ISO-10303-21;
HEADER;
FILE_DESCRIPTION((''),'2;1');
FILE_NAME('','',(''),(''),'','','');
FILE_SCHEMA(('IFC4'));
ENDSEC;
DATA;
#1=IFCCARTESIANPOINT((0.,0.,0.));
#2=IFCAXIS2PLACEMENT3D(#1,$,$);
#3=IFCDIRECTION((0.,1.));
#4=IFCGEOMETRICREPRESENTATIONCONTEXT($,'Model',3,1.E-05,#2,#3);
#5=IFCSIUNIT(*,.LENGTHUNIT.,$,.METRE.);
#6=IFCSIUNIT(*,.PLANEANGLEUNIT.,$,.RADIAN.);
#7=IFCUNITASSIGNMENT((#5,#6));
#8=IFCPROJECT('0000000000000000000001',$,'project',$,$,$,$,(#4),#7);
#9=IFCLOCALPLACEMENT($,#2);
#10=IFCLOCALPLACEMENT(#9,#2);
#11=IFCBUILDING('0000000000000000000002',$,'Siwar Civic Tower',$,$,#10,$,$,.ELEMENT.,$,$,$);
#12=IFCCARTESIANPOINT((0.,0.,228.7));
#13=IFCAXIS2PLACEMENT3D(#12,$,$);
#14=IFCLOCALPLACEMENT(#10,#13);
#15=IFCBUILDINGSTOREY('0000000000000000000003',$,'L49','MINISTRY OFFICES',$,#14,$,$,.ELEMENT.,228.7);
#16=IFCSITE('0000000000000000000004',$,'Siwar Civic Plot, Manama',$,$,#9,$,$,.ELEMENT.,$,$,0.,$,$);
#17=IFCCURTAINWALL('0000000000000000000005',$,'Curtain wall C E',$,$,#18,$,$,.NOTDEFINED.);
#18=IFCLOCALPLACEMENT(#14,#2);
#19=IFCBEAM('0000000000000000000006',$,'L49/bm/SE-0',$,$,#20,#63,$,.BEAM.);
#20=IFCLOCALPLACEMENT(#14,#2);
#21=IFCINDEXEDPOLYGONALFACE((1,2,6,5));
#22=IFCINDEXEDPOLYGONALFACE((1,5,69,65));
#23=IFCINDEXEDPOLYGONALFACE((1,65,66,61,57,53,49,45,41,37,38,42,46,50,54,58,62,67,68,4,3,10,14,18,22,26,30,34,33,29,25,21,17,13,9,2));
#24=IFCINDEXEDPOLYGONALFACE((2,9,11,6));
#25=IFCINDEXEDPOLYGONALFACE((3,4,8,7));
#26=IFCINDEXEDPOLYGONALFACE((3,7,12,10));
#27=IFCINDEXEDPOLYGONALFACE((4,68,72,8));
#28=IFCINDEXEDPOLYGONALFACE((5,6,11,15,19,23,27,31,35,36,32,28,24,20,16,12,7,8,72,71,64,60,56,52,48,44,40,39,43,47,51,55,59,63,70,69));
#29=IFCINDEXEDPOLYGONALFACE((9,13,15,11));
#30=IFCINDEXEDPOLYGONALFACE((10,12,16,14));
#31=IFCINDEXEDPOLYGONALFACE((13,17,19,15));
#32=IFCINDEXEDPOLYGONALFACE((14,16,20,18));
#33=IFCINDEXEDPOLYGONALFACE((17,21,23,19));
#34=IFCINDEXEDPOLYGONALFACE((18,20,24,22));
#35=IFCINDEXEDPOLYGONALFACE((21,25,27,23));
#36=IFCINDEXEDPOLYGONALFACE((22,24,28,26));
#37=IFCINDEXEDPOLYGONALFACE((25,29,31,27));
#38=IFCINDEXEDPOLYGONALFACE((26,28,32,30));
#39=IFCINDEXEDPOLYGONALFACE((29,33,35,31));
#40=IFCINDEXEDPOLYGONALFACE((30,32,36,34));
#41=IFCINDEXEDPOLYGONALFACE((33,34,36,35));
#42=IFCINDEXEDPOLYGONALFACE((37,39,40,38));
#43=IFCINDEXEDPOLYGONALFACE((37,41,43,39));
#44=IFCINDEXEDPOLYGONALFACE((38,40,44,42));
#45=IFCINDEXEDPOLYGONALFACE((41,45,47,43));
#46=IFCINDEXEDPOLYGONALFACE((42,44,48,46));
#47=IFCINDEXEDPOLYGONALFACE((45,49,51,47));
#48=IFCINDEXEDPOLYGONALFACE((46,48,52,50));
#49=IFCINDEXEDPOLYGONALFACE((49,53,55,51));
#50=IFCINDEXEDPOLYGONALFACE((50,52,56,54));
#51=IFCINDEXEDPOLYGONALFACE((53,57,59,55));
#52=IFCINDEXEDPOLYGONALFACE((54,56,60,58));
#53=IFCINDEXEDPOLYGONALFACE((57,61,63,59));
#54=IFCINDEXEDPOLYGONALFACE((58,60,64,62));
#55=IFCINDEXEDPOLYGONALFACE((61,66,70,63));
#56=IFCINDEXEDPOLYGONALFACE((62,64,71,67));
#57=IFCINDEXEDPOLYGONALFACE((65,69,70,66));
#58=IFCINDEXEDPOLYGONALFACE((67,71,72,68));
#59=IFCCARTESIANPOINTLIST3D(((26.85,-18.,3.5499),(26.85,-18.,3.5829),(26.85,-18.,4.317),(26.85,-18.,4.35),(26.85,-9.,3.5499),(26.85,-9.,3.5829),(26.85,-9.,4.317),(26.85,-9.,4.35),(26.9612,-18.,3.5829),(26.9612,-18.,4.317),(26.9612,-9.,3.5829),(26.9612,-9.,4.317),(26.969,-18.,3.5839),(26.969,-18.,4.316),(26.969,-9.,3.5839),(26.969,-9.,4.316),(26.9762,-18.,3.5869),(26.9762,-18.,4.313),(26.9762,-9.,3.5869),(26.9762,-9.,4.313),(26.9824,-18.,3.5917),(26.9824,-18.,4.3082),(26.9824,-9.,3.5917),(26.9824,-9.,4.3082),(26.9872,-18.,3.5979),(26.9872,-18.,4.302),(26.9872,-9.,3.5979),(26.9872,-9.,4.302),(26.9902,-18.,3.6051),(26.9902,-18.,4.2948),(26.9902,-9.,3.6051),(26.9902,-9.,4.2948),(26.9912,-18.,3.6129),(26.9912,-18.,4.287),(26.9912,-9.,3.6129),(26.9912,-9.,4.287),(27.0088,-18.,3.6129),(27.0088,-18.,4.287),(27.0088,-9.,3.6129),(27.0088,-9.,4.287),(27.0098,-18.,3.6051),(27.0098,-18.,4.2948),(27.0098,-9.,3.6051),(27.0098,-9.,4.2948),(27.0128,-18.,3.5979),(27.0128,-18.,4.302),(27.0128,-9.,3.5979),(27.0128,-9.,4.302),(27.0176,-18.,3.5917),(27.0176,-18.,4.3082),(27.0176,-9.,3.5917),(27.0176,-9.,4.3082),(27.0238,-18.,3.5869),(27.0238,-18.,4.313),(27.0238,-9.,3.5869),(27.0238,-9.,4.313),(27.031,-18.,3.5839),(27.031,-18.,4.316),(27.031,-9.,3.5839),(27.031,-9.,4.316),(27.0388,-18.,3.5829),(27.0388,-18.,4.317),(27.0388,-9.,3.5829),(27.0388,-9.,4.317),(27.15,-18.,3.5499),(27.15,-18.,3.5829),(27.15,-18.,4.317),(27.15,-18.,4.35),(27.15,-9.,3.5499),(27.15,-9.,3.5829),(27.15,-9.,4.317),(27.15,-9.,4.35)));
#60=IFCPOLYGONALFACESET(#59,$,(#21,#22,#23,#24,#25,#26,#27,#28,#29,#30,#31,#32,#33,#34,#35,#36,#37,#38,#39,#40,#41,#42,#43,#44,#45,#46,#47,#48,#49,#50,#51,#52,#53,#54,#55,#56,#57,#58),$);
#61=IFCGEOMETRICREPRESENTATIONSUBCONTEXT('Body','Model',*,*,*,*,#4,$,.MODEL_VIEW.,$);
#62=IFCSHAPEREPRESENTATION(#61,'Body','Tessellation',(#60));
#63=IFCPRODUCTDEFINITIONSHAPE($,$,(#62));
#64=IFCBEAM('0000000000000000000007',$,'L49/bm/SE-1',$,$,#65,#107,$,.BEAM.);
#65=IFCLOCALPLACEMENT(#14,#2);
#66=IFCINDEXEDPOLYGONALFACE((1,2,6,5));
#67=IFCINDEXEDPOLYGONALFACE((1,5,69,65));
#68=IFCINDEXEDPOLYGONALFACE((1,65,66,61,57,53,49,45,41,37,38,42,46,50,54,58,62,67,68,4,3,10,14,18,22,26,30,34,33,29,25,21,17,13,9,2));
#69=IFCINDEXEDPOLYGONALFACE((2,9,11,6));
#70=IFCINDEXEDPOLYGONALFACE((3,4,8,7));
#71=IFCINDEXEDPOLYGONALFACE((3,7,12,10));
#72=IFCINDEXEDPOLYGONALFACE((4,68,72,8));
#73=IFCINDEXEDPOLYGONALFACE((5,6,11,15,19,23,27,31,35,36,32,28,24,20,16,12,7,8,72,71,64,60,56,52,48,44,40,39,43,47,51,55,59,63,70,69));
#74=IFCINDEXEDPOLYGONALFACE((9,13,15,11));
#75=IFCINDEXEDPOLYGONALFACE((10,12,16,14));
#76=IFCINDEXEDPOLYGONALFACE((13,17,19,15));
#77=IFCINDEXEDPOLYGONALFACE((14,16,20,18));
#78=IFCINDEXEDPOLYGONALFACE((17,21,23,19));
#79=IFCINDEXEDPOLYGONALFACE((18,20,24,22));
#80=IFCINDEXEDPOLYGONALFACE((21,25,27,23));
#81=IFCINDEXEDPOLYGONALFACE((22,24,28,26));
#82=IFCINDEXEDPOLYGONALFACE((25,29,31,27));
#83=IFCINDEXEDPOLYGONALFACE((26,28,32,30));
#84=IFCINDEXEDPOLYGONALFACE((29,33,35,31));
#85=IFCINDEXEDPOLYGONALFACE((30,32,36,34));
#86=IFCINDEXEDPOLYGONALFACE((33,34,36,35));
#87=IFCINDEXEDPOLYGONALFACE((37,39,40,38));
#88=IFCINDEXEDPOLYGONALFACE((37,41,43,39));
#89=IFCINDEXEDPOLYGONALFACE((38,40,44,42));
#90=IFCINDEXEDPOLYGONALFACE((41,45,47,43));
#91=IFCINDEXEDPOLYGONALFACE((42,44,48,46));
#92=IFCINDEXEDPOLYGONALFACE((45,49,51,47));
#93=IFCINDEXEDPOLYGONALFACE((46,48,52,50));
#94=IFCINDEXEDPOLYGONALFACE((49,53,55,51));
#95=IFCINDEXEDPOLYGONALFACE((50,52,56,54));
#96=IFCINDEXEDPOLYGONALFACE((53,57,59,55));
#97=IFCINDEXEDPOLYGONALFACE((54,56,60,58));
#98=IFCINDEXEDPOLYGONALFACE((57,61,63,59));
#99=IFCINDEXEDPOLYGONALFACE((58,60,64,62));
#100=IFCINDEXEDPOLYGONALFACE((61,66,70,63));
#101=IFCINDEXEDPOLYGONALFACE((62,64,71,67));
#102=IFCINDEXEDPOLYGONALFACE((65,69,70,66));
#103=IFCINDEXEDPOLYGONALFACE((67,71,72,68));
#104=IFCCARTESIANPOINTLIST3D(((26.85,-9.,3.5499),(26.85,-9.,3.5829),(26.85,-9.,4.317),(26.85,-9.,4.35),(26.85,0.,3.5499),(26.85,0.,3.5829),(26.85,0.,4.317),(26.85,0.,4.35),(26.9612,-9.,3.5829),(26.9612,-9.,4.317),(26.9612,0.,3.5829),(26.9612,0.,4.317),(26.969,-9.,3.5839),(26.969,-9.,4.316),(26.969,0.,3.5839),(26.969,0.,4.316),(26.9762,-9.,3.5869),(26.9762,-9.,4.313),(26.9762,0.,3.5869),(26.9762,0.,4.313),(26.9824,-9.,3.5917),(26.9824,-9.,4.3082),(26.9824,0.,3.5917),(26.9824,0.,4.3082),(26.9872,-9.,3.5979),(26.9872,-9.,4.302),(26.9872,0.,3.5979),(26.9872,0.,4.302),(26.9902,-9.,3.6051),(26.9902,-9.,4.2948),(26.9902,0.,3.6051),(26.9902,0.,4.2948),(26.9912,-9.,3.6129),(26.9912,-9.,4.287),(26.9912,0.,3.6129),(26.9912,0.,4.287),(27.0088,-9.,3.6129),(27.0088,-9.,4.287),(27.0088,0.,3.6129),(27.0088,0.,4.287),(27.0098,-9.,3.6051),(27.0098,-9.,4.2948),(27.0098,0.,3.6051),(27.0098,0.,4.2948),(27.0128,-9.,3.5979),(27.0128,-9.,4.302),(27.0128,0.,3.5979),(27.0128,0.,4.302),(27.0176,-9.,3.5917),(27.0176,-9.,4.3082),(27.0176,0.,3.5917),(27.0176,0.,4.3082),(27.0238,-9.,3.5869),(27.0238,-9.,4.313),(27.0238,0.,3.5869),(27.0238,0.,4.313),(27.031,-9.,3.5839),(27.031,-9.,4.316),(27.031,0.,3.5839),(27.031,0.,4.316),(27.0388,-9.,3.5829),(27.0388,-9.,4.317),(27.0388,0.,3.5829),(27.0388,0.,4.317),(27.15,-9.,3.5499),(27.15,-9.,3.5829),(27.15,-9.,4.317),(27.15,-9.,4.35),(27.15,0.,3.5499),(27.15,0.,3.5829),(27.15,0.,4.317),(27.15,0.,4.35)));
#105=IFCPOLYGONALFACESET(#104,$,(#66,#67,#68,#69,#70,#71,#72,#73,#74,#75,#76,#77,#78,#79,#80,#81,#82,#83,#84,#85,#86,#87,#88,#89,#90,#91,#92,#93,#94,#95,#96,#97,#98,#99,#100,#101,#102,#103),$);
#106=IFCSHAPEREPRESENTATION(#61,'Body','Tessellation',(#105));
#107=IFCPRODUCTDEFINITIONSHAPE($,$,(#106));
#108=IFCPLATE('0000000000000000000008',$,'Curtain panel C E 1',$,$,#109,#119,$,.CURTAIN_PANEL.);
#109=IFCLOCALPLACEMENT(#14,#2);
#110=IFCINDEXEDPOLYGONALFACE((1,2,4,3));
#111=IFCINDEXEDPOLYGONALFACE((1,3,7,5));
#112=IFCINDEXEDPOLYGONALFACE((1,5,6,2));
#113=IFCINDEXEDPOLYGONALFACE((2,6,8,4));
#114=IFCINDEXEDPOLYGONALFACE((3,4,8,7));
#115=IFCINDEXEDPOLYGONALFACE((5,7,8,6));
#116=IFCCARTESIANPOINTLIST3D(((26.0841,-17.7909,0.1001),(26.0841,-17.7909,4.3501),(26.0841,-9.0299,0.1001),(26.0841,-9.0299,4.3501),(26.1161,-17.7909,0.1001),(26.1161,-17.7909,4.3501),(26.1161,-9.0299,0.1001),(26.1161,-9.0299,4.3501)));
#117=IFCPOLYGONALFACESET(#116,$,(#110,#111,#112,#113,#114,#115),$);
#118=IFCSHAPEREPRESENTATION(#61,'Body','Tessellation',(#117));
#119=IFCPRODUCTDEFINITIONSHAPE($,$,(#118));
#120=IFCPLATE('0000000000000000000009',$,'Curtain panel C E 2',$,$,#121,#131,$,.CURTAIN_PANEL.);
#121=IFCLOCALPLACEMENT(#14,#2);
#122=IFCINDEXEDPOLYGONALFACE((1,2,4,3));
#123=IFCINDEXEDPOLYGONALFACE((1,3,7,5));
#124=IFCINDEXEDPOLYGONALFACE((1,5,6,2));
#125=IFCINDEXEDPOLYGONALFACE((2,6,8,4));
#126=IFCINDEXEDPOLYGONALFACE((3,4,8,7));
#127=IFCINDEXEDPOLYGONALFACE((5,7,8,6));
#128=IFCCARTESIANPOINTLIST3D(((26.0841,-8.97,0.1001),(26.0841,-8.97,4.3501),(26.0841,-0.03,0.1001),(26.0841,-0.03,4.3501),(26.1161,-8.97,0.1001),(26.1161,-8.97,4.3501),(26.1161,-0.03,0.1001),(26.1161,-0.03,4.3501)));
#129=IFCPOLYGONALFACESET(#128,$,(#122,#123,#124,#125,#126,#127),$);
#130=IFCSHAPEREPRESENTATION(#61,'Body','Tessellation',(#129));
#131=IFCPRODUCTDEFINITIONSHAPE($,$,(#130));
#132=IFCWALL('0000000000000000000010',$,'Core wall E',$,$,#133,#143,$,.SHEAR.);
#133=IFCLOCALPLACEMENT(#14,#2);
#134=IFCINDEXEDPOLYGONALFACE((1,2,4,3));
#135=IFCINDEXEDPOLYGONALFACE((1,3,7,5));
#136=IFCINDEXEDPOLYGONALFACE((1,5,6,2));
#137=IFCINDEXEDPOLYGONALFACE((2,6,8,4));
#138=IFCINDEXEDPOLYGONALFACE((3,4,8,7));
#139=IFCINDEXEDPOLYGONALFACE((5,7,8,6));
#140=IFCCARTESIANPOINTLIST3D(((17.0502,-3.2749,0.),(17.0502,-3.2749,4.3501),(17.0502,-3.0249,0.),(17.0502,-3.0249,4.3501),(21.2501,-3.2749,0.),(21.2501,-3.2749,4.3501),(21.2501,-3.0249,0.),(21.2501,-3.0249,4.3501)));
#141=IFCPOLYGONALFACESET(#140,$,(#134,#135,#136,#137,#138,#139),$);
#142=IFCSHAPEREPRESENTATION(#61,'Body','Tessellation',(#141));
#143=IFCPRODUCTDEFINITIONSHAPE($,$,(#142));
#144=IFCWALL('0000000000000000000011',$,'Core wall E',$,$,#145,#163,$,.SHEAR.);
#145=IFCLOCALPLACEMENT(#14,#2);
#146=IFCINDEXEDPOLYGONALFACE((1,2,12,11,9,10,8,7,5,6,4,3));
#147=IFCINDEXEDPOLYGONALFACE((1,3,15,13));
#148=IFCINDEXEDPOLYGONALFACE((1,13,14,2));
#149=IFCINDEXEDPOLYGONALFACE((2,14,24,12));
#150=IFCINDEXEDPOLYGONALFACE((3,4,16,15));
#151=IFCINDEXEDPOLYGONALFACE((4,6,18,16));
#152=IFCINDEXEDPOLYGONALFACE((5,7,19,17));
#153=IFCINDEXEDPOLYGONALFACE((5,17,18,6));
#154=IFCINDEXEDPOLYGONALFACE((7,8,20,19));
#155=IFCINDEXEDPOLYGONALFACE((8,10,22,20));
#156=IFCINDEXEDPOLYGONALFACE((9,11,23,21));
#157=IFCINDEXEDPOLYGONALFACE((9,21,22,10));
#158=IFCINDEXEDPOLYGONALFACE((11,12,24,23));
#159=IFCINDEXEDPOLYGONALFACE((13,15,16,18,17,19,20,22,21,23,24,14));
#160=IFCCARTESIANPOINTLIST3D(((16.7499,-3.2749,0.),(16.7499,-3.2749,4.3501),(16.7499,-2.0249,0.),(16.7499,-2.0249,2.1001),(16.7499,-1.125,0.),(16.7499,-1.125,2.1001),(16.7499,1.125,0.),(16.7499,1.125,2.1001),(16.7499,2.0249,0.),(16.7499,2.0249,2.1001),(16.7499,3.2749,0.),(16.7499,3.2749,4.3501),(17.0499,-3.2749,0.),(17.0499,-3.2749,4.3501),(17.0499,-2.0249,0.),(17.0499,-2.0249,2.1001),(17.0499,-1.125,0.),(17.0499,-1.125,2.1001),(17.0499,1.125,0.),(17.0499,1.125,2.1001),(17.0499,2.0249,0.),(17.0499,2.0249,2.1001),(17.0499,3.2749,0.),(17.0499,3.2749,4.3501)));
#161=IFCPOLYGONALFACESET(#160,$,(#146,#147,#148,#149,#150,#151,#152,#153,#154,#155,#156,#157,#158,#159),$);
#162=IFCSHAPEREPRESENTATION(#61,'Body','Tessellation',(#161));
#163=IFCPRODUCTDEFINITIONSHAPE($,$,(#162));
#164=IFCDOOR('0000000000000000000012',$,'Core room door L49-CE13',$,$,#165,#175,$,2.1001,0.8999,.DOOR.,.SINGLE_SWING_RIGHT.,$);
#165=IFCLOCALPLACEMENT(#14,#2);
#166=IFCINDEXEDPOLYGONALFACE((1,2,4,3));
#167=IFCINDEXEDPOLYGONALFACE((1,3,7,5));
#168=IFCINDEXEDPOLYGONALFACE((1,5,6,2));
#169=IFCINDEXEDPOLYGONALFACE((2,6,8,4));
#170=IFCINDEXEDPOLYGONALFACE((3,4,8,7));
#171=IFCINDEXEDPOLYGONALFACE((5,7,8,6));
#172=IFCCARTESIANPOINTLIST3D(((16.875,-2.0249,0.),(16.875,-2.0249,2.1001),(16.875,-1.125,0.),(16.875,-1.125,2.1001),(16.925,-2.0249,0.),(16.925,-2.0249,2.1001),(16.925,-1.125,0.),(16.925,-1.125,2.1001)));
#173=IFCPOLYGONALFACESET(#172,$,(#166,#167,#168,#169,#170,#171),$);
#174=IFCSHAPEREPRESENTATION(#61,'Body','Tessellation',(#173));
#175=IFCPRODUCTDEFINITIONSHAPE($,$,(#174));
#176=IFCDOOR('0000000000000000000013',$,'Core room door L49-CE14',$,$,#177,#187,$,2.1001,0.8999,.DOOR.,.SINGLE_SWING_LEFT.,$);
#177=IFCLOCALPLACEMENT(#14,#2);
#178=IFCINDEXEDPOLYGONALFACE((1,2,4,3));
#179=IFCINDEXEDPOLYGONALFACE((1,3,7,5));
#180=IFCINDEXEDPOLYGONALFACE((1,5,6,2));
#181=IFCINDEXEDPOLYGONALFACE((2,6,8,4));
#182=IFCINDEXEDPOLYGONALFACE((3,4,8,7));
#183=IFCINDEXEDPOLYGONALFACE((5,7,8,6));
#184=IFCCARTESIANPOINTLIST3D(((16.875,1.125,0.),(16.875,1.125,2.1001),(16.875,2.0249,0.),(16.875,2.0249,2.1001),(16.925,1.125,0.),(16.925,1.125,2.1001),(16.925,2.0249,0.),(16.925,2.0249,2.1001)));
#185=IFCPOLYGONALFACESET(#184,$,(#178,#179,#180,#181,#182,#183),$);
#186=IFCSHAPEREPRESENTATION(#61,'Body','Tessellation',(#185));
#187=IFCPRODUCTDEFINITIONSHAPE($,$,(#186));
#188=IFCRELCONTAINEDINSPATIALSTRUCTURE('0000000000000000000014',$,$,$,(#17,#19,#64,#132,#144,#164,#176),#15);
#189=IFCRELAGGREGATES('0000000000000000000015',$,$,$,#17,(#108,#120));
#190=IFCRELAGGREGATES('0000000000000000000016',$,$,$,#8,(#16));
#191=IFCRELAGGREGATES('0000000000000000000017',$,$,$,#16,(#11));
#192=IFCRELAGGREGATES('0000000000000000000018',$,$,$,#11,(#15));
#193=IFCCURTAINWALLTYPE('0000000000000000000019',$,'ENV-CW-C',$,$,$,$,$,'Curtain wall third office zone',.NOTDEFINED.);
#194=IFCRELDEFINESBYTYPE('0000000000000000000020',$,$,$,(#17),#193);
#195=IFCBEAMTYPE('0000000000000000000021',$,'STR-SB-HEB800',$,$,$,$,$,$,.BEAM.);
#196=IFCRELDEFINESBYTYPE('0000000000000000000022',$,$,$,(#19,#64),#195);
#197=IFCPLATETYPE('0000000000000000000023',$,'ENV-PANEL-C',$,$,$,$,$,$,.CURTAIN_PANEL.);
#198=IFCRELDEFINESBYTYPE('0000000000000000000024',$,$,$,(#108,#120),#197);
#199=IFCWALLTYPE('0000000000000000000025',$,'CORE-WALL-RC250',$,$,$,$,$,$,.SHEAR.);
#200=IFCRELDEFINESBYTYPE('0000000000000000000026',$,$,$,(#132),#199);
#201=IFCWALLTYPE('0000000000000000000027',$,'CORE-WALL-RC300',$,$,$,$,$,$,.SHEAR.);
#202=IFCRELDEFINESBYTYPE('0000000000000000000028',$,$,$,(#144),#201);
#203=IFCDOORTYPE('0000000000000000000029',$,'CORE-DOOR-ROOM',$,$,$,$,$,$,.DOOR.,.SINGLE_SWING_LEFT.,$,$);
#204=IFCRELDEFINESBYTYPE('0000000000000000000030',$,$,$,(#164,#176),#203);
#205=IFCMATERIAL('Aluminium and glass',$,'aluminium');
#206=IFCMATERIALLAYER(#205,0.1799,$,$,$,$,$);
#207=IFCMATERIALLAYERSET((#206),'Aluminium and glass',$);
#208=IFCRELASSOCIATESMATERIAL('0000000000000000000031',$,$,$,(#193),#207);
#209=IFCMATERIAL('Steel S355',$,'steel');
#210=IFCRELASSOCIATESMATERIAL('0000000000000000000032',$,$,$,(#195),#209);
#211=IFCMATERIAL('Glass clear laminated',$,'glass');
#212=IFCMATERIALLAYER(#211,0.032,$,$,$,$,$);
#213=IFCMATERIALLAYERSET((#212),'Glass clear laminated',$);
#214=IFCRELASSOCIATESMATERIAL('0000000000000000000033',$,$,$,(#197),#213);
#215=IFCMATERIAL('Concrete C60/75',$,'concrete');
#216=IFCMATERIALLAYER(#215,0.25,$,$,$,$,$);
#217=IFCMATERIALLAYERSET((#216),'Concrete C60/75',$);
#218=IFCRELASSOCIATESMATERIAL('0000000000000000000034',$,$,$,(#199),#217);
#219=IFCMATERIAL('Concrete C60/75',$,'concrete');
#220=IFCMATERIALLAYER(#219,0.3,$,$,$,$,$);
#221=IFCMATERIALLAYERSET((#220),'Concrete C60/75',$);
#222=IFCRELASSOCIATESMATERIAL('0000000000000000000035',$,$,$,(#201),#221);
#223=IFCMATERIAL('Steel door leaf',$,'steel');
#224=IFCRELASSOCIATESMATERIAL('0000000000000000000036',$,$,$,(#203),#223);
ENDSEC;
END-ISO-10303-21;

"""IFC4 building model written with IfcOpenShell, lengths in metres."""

from ifc_helpers import new_model, si_unit, direction, frame, frame_2d, origin, origin_2d, place, context, subcontext, project, spatial, rectangle, i_section, extrude, material, layer, layer_set, material_profile, profile_set, type_object, element, fill, aggregate, save


model = new_model("IFC4")

# Units and contexts
model_context = context("Model", 3, precision=1e-05, world=origin(), true_north=direction((0.0, 1.0)))
body_context = subcontext(model_context, "Body", "Model", "MODEL_VIEW")
ifc_project = project(units=[si_unit("LENGTHUNIT", "METRE"), si_unit("PLANEANGLEUNIT", "RADIAN")], contexts=[model_context])

# Site, building, storey
site_placement = place(None, origin())
site = spatial("IfcSite", under=ifc_project, at=site_placement, Name="Siwar Civic Plot, Manama", CompositionType="ELEMENT", RefElevation=0.0)
building_placement = place(site_placement, origin())
building = spatial("IfcBuilding", under=site, at=building_placement, Name="Siwar Civic Tower", CompositionType="ELEMENT")
storey_placement = place(building_placement, frame((0.0, 0.0, 228.7)))
storey = spatial("IfcBuildingStorey", under=building, at=storey_placement, Name="L49", Description="MINISTRY OFFICES", CompositionType="ELEMENT", Elevation=228.7)

# Curtain wall
ifc_material_1 = material(Name="Aluminium and glass", Category="aluminium")
ifc_layer_1 = layer(ifc_material_1, 0.1799)
ifc_layer_set_1 = layer_set([ifc_layer_1], Name="Aluminium and glass")
curtain_wall_type = type_object("IfcCurtainWallType", Name="ENV-CW-C", ElementType="Curtain wall third office zone", PredefinedType="NOTDEFINED", material=ifc_layer_set_1)
curtain_wall_placement = place(storey_placement, origin())
curtain_wall = element("IfcCurtainWall", 1, at=curtain_wall_placement, inside=storey, type_object=curtain_wall_type, Name="Curtain wall C E", PredefinedType="NOTDEFINED")

# Beams
ifc_material_2 = material(Name="Steel S355", Category="steel")
ifc_material_profile_1 = material_profile(ifc_material_2, i_section(OverallWidth=0.3, OverallDepth=0.8, WebThickness=0.0176, FlangeThickness=0.033, FilletRadius=0.03, at=origin_2d()), Name="HEB800")
ifc_profile_set_1 = profile_set([ifc_material_profile_1], Name="Steel S355")
beam_type_1 = type_object("IfcBeamType", Name="STR-SB-HEB800", PredefinedType="BEAM", material=ifc_profile_set_1)
for number, where, z_axis, x_axis, name in (
    (2, (27.0, -18.0, 3.95), (0.0, 1.0, 0.0), (-1.0, 0.0, 0.0), "L49/bm/SE-0"),
    (3, (27.0, -9.0, 3.95), (0.0, 1.0, 0.0), (-1.0, 0.0, 0.0), "L49/bm/SE-1"),
):
    element("IfcBeam", number, at=place(storey_placement, frame(where, z_axis=z_axis, x_axis=x_axis)), inside=storey, type_object=beam_type_1, Name=name, PredefinedType="BEAM", context=body_context, shape_type="SweptSolid", body=[
        extrude(i_section(OverallWidth=0.3, OverallDepth=0.8, WebThickness=0.0176, FlangeThickness=0.033, FilletRadius=0.03, at=origin_2d()), origin(), (0.0, 0.0, 1.0), 9.0),
    ])

# Plates
ifc_material_3 = material(Name="Glass clear laminated", Category="glass")
ifc_layer_2 = layer(ifc_material_3, 0.032)
ifc_layer_set_2 = layer_set([ifc_layer_2], Name="Glass clear laminated")
plate_type = type_object("IfcPlateType", Name="ENV-PANEL-C", PredefinedType="CURTAIN_PANEL", material=ifc_layer_set_2)
plate_1_placement = place(storey_placement, frame((26.1001, -13.4104, 0.1001), z_axis=(0.0, 0.0, 1.0), x_axis=(0.0, 1.0, 0.0)))
plate_1 = element("IfcPlate", 4, at=plate_1_placement, type_object=plate_type, Name="Curtain panel C E 1", PredefinedType="CURTAIN_PANEL", context=body_context, shape_type="SweptSolid", body=[
    extrude(rectangle(XDim=8.761, YDim=0.032, at=origin_2d()), origin(), (0.0, 0.0, 1.0), 4.25),
])
plate_2_placement = place(storey_placement, frame((26.1001, -4.5, 0.1001), z_axis=(0.0, 0.0, 1.0), x_axis=(0.0, 1.0, 0.0)))
plate_2 = element("IfcPlate", 5, at=plate_2_placement, type_object=plate_type, Name="Curtain panel C E 2", PredefinedType="CURTAIN_PANEL", context=body_context, shape_type="SweptSolid", body=[
    extrude(rectangle(XDim=8.9399, YDim=0.032, at=origin_2d()), origin(), (0.0, 0.0, 1.0), 4.25),
])
aggregate(curtain_wall, [plate_1, plate_2])

# Wall
ifc_material_4 = material(Name="Concrete C60/75", Category="concrete")
ifc_layer_3 = layer(ifc_material_4, 0.25)
ifc_layer_set_3 = layer_set([ifc_layer_3], Name="Concrete C60/75")
wall_type_1 = type_object("IfcWallType", Name="CORE-WALL-RC250", PredefinedType="SHEAR", material=ifc_layer_set_3)
wall_1_placement = place(storey_placement, frame((17.05, -3.1499, 0.0), z_axis=(0.0, 0.0, 1.0), x_axis=(1.0, 0.0, 0.0)))
element("IfcWall", 6, at=wall_1_placement, inside=storey, type_object=wall_type_1, Name="Core wall E", PredefinedType="SHEAR", context=body_context, shape_type="SweptSolid", body=[
    extrude(rectangle(XDim=4.2, YDim=0.25, at=frame_2d((2.1001, 0.0))), origin(), (0.0, 0.0, 1.0), 4.3501),
])

# Wall, openings, doors
ifc_material_5 = material(Name="Concrete C60/75", Category="concrete")
ifc_layer_4 = layer(ifc_material_5, 0.3)
ifc_layer_set_4 = layer_set([ifc_layer_4], Name="Concrete C60/75")
wall_type_2 = type_object("IfcWallType", Name="CORE-WALL-RC300", PredefinedType="SHEAR", material=ifc_layer_set_4)
wall_2_placement = place(storey_placement, frame((16.8999, -3.2749, 0.0), z_axis=(0.0, 0.0, 1.0), x_axis=(0.0, 1.0, 0.0)))
wall_2 = element("IfcWall", 7, at=wall_2_placement, inside=storey, type_object=wall_type_2, Name="Core wall E", PredefinedType="SHEAR", context=body_context, shape_type="SweptSolid", body=[
    extrude(rectangle(XDim=6.5498, YDim=0.3, at=frame_2d((3.2749, 0.0))), origin(), (0.0, 0.0, 1.0), 4.3501),
])
opening_1_placement = place(wall_2_placement, frame((1.25, 0.0, 0.0)))
opening_1 = element("IfcOpeningElement", 8, at=opening_1_placement, cuts=wall_2, PredefinedType="OPENING", context=body_context, shape_type="SweptSolid", body=[
    extrude(rectangle(XDim=0.8999, YDim=2.1001, at=frame_2d((0.45, 1.05))), frame((0.0, 0.1602, 0.0), z_axis=(0.0, -1.0, 0.0), x_axis=(1.0, 0.0, 0.0)), (0.0, 0.0, 1.0), 0.3201),
])
opening_2_placement = place(wall_2_placement, frame((4.3999, 0.0, 0.0)))
opening_2 = element("IfcOpeningElement", 9, at=opening_2_placement, cuts=wall_2, PredefinedType="OPENING", context=body_context, shape_type="SweptSolid", body=[
    extrude(rectangle(XDim=0.8999, YDim=2.1001, at=frame_2d((0.45, 1.05))), frame((0.0, 0.1602, 0.0), z_axis=(0.0, -1.0, 0.0), x_axis=(1.0, 0.0, 0.0)), (0.0, 0.0, 1.0), 0.3201),
])
ifc_material_6 = material(Name="Steel door leaf", Category="steel")
door_type_1 = type_object("IfcDoorType", Name="CORE-DOOR-ROOM", OperationType="SINGLE_SWING_LEFT", PredefinedType="DOOR", material=ifc_material_6)
door_1_placement = place(opening_1_placement, origin())
door_1 = element("IfcDoor", 10, at=door_1_placement, inside=storey, type_object=door_type_1, Name="Core room door L49-CE13", OperationType="SINGLE_SWING_RIGHT", OverallHeight=2.1001, OverallWidth=0.8999, PredefinedType="DOOR", context=body_context, shape_type="SweptSolid", body=[
    extrude(rectangle(XDim=0.8999, YDim=2.1001, at=frame_2d((0.45, 1.05))), frame((0.0, 0.0249, 0.0), z_axis=(0.0, -1.0, 0.0), x_axis=(1.0, 0.0, 0.0)), (0.0, 0.0, 1.0), 0.05),
])
fill(opening_1, door_1)
door_2_placement = place(opening_2_placement, origin())
door_2 = element("IfcDoor", 11, at=door_2_placement, inside=storey, type_object=door_type_1, Name="Core room door L49-CE14", OperationType="SINGLE_SWING_LEFT", OverallHeight=2.1001, OverallWidth=0.8999, PredefinedType="DOOR", context=body_context, shape_type="SweptSolid", body=[
    extrude(rectangle(XDim=0.8999, YDim=2.1001, at=frame_2d((0.45, 1.05))), frame((0.0, 0.0249, 0.0), z_axis=(0.0, -1.0, 0.0), x_axis=(1.0, 0.0, 0.0)), (0.0, 0.0, 1.0), 0.05),
])
fill(opening_2, door_2)

save(model, "model.ifc")
